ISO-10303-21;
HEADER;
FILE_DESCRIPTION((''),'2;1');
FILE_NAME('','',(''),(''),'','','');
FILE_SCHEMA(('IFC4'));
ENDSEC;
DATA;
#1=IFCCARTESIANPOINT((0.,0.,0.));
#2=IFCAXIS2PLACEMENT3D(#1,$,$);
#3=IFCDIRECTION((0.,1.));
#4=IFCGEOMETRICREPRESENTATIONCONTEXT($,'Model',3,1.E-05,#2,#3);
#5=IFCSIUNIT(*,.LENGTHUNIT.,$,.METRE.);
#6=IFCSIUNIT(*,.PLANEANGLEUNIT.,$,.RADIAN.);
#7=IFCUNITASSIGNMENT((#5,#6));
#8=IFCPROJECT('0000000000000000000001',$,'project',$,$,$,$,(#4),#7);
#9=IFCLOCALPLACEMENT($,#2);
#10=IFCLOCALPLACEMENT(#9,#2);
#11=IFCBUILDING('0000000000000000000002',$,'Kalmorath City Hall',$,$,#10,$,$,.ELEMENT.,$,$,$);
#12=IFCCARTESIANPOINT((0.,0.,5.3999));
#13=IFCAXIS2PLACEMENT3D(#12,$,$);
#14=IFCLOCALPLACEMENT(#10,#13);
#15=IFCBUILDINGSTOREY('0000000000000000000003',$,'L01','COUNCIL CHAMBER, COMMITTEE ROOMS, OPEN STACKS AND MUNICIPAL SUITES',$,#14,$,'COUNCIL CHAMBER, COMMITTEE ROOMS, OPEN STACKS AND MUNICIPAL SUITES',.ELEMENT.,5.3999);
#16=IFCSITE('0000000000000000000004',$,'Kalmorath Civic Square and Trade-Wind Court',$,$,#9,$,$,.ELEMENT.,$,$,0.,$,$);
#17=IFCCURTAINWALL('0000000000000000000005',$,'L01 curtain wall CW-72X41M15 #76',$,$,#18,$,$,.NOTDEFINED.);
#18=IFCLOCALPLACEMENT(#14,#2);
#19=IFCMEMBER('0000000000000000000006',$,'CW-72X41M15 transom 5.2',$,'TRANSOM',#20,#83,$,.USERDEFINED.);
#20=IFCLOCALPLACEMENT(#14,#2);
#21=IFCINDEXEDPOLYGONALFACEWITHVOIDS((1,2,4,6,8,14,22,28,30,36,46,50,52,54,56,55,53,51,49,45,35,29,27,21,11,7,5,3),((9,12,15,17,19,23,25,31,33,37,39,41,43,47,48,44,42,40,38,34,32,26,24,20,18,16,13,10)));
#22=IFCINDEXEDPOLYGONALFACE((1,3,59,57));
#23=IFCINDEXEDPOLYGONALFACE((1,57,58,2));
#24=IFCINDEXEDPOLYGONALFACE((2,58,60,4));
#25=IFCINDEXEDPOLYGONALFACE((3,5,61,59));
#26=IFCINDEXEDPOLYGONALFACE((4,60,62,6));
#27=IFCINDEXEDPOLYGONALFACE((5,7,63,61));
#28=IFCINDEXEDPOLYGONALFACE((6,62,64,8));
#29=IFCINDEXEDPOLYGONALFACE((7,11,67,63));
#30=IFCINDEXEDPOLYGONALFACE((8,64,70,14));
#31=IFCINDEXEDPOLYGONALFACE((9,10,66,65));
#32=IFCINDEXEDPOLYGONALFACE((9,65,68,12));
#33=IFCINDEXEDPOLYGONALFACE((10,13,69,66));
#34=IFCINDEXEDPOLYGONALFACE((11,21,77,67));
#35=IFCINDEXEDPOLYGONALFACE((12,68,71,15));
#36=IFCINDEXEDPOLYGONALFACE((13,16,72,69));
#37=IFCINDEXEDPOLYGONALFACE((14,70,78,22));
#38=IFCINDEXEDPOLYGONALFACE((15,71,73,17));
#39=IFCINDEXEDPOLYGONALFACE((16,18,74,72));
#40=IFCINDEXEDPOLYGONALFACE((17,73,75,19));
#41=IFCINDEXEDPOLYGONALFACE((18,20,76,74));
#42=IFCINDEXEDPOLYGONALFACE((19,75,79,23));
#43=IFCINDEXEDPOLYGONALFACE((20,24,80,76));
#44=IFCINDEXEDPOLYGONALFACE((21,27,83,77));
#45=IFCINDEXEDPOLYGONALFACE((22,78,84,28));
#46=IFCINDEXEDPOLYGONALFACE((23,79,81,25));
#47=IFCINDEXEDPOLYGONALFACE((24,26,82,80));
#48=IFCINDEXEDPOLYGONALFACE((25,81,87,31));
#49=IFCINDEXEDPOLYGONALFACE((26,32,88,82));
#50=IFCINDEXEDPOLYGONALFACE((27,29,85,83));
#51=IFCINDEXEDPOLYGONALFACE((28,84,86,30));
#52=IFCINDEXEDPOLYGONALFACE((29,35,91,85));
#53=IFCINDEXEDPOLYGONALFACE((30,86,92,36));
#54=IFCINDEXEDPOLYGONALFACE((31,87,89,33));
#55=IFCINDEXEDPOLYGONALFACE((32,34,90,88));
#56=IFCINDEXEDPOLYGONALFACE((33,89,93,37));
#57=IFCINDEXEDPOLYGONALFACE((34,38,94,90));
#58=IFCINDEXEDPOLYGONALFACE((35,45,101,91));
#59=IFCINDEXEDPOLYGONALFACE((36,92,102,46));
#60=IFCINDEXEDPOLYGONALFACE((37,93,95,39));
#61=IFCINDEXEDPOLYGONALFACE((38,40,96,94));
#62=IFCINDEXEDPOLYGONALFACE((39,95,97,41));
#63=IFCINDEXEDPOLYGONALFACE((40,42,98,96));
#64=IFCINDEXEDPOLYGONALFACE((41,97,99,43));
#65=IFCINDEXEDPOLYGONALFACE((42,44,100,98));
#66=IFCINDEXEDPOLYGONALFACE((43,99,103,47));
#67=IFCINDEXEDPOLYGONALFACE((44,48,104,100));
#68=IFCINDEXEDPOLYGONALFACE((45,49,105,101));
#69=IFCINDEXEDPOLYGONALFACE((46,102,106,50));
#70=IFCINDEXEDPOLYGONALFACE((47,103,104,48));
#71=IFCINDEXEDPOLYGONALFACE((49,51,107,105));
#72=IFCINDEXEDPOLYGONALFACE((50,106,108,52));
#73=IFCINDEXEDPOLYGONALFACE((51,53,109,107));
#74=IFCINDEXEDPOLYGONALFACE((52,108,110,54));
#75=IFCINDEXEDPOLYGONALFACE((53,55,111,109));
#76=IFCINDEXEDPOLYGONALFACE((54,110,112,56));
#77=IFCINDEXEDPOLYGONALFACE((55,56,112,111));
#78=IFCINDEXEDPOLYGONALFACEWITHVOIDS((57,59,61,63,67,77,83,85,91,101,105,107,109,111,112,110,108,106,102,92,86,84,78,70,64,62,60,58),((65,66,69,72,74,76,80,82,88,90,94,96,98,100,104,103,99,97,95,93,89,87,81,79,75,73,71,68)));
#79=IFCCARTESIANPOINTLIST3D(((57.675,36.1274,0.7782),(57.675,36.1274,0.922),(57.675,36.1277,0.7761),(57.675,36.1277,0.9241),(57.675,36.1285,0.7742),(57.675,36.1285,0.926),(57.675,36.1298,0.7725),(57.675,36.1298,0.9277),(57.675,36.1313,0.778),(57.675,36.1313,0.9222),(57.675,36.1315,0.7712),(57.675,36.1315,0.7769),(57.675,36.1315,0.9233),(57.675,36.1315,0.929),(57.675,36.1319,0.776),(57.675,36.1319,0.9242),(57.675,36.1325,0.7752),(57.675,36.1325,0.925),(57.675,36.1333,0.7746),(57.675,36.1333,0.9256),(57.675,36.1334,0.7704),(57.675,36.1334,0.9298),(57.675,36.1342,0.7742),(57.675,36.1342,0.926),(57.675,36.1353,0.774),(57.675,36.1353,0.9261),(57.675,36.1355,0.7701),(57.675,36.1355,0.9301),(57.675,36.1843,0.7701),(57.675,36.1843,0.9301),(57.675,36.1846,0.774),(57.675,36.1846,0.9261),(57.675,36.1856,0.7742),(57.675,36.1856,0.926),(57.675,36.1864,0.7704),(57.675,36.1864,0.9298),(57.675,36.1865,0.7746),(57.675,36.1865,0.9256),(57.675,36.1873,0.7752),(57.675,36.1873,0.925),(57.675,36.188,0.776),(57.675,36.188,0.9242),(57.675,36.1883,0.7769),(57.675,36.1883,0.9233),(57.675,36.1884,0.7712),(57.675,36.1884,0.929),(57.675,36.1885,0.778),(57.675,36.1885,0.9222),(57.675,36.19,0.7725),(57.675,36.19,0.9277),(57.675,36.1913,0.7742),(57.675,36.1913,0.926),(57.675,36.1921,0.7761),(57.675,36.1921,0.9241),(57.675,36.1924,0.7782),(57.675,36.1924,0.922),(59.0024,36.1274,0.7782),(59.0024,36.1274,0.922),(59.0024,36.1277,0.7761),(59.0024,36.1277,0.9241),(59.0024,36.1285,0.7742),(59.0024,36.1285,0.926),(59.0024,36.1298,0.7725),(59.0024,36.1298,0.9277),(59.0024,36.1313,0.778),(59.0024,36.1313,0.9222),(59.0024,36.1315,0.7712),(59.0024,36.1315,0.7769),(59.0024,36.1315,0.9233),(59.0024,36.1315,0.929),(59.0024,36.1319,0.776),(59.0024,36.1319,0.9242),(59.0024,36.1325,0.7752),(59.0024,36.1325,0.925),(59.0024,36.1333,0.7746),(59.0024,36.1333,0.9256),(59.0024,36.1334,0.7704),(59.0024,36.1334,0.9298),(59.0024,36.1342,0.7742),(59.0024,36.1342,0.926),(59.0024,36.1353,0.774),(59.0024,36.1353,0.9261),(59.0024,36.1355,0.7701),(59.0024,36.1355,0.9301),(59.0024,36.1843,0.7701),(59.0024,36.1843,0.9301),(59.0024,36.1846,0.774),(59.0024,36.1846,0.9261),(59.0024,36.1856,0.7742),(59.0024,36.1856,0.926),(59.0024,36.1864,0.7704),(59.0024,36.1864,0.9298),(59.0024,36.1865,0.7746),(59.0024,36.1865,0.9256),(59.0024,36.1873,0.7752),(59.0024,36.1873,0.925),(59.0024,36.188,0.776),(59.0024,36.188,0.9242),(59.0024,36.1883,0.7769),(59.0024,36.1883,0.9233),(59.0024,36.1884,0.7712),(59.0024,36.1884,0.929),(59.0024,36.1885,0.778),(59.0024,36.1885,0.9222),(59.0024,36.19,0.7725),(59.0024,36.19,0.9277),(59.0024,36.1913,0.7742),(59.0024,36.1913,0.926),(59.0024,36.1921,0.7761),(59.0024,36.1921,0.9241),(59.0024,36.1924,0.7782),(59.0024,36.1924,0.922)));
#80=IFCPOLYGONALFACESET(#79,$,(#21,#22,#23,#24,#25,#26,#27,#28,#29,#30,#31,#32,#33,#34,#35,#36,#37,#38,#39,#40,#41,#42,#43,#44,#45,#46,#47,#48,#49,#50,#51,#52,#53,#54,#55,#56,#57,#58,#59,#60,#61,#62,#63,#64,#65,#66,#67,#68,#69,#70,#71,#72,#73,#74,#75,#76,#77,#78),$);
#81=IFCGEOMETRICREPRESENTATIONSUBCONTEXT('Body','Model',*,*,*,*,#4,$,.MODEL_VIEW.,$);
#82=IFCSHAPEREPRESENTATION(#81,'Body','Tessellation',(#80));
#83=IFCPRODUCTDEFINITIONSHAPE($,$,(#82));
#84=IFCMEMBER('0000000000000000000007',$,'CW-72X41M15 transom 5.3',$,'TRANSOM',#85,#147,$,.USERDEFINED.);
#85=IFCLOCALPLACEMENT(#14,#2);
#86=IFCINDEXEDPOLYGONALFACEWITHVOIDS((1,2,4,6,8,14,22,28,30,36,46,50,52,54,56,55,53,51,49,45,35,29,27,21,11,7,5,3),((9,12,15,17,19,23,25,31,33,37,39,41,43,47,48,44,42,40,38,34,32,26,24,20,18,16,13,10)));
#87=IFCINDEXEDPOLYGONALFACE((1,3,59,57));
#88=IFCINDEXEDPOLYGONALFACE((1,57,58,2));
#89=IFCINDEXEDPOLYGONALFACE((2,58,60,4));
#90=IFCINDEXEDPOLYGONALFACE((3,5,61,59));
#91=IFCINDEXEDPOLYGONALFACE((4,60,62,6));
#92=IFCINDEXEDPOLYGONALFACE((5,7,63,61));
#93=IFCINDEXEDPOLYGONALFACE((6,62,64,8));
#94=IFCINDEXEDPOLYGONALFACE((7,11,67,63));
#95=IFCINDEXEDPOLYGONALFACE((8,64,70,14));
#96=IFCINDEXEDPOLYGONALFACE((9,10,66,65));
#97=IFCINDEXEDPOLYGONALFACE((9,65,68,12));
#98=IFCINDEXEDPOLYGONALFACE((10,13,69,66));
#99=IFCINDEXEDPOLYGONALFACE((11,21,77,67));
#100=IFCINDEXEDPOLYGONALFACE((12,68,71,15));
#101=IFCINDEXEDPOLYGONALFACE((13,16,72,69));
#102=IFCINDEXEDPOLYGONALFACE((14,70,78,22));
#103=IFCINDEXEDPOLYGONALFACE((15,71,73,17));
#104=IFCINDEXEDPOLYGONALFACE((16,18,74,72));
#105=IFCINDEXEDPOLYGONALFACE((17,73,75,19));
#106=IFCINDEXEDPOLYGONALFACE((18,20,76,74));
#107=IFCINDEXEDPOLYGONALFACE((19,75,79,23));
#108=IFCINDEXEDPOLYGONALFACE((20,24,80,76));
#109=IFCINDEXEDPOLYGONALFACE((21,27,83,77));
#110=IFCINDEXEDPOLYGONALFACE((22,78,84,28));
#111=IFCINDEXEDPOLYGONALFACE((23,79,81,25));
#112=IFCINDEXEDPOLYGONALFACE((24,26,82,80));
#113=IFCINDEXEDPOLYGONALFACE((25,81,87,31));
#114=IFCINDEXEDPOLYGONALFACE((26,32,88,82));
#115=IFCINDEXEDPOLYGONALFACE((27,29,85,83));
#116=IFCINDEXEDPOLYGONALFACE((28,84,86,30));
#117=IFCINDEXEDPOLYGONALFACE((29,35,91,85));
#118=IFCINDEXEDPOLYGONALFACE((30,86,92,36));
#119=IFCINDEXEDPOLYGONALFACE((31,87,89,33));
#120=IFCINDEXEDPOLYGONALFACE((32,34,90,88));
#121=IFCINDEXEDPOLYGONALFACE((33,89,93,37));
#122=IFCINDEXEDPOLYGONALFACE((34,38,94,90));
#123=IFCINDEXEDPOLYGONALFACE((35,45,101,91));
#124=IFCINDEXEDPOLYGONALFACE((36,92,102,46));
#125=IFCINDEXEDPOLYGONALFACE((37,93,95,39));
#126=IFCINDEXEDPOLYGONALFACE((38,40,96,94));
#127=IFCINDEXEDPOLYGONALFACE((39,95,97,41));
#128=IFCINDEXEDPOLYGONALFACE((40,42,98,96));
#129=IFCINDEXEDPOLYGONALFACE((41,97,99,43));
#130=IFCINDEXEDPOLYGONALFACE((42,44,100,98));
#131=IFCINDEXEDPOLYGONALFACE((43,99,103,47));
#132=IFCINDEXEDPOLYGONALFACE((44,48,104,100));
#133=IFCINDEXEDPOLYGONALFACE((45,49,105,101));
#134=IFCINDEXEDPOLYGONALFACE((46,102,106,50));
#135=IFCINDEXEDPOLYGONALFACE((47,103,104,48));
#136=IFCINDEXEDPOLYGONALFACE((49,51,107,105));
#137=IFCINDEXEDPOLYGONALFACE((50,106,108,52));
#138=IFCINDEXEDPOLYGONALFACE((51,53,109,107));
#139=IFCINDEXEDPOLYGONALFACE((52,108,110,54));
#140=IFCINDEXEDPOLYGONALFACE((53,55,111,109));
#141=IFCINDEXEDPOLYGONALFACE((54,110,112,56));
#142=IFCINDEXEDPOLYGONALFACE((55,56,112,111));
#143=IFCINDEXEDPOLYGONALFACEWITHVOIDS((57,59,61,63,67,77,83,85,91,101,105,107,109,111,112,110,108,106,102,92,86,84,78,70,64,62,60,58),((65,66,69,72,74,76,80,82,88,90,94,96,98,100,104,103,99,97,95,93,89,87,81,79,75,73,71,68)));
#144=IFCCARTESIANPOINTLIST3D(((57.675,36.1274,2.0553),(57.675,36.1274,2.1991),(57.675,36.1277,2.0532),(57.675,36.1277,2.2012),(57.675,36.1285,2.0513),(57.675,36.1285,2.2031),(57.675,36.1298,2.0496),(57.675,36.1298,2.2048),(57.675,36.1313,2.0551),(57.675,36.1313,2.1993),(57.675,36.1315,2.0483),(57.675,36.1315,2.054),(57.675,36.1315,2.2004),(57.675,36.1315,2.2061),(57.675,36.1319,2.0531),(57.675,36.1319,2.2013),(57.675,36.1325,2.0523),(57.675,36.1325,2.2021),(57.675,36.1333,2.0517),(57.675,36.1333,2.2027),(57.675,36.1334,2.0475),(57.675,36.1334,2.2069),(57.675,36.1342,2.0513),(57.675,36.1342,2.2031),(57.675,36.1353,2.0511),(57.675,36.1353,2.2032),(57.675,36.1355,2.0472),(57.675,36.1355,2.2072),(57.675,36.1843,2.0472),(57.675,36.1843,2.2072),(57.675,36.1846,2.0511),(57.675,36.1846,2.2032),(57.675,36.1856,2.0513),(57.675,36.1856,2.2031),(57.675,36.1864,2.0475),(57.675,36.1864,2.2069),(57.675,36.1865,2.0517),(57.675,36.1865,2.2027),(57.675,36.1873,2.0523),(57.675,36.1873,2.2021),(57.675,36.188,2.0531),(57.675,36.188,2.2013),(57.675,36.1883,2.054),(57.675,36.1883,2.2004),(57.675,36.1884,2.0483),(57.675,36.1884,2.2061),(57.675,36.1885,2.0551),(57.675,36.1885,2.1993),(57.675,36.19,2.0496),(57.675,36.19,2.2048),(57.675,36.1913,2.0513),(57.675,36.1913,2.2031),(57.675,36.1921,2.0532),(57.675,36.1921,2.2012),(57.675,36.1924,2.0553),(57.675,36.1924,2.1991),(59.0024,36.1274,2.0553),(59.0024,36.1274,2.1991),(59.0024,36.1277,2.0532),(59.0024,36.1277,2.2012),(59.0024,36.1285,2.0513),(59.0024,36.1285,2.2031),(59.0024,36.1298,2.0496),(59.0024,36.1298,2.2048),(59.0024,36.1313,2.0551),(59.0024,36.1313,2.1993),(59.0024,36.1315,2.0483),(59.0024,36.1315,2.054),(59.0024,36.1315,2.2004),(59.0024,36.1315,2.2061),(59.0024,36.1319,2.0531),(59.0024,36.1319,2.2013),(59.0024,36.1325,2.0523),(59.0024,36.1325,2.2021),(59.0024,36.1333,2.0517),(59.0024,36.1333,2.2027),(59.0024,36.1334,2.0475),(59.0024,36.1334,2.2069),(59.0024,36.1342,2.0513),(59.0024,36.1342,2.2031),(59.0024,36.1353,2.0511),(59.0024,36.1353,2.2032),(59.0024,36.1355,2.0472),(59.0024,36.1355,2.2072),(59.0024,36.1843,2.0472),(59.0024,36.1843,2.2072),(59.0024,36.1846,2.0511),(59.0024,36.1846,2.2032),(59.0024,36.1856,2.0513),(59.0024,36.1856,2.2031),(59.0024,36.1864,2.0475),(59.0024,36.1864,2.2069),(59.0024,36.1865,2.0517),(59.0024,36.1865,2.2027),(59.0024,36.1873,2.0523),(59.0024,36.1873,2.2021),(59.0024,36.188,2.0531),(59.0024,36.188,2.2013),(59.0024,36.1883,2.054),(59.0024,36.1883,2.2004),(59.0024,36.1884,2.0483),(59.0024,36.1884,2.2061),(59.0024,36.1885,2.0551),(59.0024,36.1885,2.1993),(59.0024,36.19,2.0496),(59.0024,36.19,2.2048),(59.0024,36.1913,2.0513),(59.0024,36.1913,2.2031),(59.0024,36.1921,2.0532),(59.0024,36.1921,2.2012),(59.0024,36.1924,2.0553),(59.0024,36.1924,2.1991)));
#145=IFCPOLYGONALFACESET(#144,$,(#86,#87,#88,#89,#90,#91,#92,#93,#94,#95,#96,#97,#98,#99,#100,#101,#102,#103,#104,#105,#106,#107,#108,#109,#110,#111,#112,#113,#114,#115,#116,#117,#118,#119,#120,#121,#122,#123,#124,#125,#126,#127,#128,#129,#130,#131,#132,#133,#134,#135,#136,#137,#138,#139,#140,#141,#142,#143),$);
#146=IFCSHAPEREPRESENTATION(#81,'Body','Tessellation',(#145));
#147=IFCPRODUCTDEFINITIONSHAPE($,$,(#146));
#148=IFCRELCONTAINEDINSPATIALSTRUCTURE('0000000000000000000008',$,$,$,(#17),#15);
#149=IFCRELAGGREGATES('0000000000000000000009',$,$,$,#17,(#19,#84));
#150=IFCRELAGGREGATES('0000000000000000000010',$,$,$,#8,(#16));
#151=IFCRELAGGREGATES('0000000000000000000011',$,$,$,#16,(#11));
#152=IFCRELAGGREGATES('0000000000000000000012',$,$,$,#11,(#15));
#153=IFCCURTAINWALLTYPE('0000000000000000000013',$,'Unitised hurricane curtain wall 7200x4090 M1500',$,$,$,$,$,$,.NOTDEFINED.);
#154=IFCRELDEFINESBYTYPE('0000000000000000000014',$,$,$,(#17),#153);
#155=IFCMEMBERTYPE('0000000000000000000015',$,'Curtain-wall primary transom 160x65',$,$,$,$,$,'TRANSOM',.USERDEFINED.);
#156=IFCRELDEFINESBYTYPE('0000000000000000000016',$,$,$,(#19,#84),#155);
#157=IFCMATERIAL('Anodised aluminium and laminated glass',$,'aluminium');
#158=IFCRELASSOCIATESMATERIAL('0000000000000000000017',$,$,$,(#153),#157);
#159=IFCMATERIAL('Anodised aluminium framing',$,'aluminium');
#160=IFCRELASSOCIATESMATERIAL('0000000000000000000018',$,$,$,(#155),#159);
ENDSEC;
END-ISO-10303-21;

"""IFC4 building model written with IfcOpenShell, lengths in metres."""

from ifc_helpers import new_model, si_unit, direction, frame, origin, origin_2d, place, context, subcontext, project, spatial, hollow_rectangle, extrude, material, material_profile, profile_set, type_object, element, aggregate, save


model = new_model("IFC4")

# Units and contexts
model_context = context("Model", 3, precision=1e-05, world=origin(), true_north=direction((0.0, 1.0)))
body_context = subcontext(model_context, "Body", "Model", "MODEL_VIEW")
ifc_project = project(units=[si_unit("LENGTHUNIT", "METRE"), si_unit("PLANEANGLEUNIT", "RADIAN")], contexts=[model_context])

# Site, building, storey
site_placement = place(None, origin())
site = spatial("IfcSite", under=ifc_project, at=site_placement, Name="Kalmorath Civic Square and Trade-Wind Court", CompositionType="ELEMENT", RefElevation=0.0)
building_placement = place(site_placement, origin())
building = spatial("IfcBuilding", under=site, at=building_placement, Name="Kalmorath City Hall", CompositionType="ELEMENT")
storey_placement = place(building_placement, frame((0.0, 0.0, 5.3999)))
storey = spatial("IfcBuildingStorey", under=building, at=storey_placement, Name="L01", Description="COUNCIL CHAMBER, COMMITTEE ROOMS, OPEN STACKS AND MUNICIPAL SUITES", LongName="COUNCIL CHAMBER, COMMITTEE ROOMS, OPEN STACKS AND MUNICIPAL SUITES", CompositionType="ELEMENT", Elevation=5.3999)

# Curtain wall, members
ifc_material_1 = material(Name="Anodised aluminium and laminated glass", Category="aluminium")
curtain_wall_type = type_object("IfcCurtainWallType", Name="Unitised hurricane curtain wall 7200x4090 M1500", PredefinedType="NOTDEFINED", material=ifc_material_1)
curtain_wall_placement = place(storey_placement, origin())
curtain_wall = element("IfcCurtainWall", 1, at=curtain_wall_placement, inside=storey, type_object=curtain_wall_type, Name="L01 curtain wall CW-72X41M15 #76", PredefinedType="NOTDEFINED")
ifc_material_2 = material(Name="Anodised aluminium framing", Category="aluminium")
ifc_material_profile_1 = material_profile(ifc_material_2, hollow_rectangle(XDim=0.0649, YDim=0.1599, WallThickness=0.0039, InnerFilletRadius=0.0039, OuterFilletRadius=0.0081, at=origin_2d()), Name="ALU-TRN-160X65X4")
ifc_profile_set_1 = profile_set([ifc_material_profile_1], Name="Anodised aluminium framing")
member_type_1 = type_object("IfcMemberType", Name="Curtain-wall primary transom 160x65", ElementType="TRANSOM", PredefinedType="USERDEFINED", material=ifc_profile_set_1)
member_1_placement = place(storey_placement, frame((59.0024, 36.1599, 0.8501), z_axis=(-1.0, 0.0, 0.0), x_axis=(0.0, -1.0, 0.0)))
member_1 = element("IfcMember", 2, at=member_1_placement, type_object=member_type_1, Name="CW-72X41M15 transom 5.2", ObjectType="TRANSOM", PredefinedType="USERDEFINED", context=body_context, shape_type="SweptSolid", body=[
    extrude(hollow_rectangle(XDim=0.0649, YDim=0.1599, WallThickness=0.0039, InnerFilletRadius=0.0039, OuterFilletRadius=0.0081, at=origin_2d()), origin(), (0.0, 0.0, 1.0), 1.3274),
])
member_2_placement = place(storey_placement, frame((59.0024, 36.1599, 2.1272), z_axis=(-1.0, 0.0, 0.0), x_axis=(0.0, -1.0, 0.0)))
member_2 = element("IfcMember", 3, at=member_2_placement, type_object=member_type_1, Name="CW-72X41M15 transom 5.3", ObjectType="TRANSOM", PredefinedType="USERDEFINED", context=body_context, shape_type="SweptSolid", body=[
    extrude(hollow_rectangle(XDim=0.0649, YDim=0.1599, WallThickness=0.0039, InnerFilletRadius=0.0039, OuterFilletRadius=0.0081, at=origin_2d()), origin(), (0.0, 0.0, 1.0), 1.3274),
])
aggregate(curtain_wall, [member_1, member_2])

save(model, "model.ifc")
